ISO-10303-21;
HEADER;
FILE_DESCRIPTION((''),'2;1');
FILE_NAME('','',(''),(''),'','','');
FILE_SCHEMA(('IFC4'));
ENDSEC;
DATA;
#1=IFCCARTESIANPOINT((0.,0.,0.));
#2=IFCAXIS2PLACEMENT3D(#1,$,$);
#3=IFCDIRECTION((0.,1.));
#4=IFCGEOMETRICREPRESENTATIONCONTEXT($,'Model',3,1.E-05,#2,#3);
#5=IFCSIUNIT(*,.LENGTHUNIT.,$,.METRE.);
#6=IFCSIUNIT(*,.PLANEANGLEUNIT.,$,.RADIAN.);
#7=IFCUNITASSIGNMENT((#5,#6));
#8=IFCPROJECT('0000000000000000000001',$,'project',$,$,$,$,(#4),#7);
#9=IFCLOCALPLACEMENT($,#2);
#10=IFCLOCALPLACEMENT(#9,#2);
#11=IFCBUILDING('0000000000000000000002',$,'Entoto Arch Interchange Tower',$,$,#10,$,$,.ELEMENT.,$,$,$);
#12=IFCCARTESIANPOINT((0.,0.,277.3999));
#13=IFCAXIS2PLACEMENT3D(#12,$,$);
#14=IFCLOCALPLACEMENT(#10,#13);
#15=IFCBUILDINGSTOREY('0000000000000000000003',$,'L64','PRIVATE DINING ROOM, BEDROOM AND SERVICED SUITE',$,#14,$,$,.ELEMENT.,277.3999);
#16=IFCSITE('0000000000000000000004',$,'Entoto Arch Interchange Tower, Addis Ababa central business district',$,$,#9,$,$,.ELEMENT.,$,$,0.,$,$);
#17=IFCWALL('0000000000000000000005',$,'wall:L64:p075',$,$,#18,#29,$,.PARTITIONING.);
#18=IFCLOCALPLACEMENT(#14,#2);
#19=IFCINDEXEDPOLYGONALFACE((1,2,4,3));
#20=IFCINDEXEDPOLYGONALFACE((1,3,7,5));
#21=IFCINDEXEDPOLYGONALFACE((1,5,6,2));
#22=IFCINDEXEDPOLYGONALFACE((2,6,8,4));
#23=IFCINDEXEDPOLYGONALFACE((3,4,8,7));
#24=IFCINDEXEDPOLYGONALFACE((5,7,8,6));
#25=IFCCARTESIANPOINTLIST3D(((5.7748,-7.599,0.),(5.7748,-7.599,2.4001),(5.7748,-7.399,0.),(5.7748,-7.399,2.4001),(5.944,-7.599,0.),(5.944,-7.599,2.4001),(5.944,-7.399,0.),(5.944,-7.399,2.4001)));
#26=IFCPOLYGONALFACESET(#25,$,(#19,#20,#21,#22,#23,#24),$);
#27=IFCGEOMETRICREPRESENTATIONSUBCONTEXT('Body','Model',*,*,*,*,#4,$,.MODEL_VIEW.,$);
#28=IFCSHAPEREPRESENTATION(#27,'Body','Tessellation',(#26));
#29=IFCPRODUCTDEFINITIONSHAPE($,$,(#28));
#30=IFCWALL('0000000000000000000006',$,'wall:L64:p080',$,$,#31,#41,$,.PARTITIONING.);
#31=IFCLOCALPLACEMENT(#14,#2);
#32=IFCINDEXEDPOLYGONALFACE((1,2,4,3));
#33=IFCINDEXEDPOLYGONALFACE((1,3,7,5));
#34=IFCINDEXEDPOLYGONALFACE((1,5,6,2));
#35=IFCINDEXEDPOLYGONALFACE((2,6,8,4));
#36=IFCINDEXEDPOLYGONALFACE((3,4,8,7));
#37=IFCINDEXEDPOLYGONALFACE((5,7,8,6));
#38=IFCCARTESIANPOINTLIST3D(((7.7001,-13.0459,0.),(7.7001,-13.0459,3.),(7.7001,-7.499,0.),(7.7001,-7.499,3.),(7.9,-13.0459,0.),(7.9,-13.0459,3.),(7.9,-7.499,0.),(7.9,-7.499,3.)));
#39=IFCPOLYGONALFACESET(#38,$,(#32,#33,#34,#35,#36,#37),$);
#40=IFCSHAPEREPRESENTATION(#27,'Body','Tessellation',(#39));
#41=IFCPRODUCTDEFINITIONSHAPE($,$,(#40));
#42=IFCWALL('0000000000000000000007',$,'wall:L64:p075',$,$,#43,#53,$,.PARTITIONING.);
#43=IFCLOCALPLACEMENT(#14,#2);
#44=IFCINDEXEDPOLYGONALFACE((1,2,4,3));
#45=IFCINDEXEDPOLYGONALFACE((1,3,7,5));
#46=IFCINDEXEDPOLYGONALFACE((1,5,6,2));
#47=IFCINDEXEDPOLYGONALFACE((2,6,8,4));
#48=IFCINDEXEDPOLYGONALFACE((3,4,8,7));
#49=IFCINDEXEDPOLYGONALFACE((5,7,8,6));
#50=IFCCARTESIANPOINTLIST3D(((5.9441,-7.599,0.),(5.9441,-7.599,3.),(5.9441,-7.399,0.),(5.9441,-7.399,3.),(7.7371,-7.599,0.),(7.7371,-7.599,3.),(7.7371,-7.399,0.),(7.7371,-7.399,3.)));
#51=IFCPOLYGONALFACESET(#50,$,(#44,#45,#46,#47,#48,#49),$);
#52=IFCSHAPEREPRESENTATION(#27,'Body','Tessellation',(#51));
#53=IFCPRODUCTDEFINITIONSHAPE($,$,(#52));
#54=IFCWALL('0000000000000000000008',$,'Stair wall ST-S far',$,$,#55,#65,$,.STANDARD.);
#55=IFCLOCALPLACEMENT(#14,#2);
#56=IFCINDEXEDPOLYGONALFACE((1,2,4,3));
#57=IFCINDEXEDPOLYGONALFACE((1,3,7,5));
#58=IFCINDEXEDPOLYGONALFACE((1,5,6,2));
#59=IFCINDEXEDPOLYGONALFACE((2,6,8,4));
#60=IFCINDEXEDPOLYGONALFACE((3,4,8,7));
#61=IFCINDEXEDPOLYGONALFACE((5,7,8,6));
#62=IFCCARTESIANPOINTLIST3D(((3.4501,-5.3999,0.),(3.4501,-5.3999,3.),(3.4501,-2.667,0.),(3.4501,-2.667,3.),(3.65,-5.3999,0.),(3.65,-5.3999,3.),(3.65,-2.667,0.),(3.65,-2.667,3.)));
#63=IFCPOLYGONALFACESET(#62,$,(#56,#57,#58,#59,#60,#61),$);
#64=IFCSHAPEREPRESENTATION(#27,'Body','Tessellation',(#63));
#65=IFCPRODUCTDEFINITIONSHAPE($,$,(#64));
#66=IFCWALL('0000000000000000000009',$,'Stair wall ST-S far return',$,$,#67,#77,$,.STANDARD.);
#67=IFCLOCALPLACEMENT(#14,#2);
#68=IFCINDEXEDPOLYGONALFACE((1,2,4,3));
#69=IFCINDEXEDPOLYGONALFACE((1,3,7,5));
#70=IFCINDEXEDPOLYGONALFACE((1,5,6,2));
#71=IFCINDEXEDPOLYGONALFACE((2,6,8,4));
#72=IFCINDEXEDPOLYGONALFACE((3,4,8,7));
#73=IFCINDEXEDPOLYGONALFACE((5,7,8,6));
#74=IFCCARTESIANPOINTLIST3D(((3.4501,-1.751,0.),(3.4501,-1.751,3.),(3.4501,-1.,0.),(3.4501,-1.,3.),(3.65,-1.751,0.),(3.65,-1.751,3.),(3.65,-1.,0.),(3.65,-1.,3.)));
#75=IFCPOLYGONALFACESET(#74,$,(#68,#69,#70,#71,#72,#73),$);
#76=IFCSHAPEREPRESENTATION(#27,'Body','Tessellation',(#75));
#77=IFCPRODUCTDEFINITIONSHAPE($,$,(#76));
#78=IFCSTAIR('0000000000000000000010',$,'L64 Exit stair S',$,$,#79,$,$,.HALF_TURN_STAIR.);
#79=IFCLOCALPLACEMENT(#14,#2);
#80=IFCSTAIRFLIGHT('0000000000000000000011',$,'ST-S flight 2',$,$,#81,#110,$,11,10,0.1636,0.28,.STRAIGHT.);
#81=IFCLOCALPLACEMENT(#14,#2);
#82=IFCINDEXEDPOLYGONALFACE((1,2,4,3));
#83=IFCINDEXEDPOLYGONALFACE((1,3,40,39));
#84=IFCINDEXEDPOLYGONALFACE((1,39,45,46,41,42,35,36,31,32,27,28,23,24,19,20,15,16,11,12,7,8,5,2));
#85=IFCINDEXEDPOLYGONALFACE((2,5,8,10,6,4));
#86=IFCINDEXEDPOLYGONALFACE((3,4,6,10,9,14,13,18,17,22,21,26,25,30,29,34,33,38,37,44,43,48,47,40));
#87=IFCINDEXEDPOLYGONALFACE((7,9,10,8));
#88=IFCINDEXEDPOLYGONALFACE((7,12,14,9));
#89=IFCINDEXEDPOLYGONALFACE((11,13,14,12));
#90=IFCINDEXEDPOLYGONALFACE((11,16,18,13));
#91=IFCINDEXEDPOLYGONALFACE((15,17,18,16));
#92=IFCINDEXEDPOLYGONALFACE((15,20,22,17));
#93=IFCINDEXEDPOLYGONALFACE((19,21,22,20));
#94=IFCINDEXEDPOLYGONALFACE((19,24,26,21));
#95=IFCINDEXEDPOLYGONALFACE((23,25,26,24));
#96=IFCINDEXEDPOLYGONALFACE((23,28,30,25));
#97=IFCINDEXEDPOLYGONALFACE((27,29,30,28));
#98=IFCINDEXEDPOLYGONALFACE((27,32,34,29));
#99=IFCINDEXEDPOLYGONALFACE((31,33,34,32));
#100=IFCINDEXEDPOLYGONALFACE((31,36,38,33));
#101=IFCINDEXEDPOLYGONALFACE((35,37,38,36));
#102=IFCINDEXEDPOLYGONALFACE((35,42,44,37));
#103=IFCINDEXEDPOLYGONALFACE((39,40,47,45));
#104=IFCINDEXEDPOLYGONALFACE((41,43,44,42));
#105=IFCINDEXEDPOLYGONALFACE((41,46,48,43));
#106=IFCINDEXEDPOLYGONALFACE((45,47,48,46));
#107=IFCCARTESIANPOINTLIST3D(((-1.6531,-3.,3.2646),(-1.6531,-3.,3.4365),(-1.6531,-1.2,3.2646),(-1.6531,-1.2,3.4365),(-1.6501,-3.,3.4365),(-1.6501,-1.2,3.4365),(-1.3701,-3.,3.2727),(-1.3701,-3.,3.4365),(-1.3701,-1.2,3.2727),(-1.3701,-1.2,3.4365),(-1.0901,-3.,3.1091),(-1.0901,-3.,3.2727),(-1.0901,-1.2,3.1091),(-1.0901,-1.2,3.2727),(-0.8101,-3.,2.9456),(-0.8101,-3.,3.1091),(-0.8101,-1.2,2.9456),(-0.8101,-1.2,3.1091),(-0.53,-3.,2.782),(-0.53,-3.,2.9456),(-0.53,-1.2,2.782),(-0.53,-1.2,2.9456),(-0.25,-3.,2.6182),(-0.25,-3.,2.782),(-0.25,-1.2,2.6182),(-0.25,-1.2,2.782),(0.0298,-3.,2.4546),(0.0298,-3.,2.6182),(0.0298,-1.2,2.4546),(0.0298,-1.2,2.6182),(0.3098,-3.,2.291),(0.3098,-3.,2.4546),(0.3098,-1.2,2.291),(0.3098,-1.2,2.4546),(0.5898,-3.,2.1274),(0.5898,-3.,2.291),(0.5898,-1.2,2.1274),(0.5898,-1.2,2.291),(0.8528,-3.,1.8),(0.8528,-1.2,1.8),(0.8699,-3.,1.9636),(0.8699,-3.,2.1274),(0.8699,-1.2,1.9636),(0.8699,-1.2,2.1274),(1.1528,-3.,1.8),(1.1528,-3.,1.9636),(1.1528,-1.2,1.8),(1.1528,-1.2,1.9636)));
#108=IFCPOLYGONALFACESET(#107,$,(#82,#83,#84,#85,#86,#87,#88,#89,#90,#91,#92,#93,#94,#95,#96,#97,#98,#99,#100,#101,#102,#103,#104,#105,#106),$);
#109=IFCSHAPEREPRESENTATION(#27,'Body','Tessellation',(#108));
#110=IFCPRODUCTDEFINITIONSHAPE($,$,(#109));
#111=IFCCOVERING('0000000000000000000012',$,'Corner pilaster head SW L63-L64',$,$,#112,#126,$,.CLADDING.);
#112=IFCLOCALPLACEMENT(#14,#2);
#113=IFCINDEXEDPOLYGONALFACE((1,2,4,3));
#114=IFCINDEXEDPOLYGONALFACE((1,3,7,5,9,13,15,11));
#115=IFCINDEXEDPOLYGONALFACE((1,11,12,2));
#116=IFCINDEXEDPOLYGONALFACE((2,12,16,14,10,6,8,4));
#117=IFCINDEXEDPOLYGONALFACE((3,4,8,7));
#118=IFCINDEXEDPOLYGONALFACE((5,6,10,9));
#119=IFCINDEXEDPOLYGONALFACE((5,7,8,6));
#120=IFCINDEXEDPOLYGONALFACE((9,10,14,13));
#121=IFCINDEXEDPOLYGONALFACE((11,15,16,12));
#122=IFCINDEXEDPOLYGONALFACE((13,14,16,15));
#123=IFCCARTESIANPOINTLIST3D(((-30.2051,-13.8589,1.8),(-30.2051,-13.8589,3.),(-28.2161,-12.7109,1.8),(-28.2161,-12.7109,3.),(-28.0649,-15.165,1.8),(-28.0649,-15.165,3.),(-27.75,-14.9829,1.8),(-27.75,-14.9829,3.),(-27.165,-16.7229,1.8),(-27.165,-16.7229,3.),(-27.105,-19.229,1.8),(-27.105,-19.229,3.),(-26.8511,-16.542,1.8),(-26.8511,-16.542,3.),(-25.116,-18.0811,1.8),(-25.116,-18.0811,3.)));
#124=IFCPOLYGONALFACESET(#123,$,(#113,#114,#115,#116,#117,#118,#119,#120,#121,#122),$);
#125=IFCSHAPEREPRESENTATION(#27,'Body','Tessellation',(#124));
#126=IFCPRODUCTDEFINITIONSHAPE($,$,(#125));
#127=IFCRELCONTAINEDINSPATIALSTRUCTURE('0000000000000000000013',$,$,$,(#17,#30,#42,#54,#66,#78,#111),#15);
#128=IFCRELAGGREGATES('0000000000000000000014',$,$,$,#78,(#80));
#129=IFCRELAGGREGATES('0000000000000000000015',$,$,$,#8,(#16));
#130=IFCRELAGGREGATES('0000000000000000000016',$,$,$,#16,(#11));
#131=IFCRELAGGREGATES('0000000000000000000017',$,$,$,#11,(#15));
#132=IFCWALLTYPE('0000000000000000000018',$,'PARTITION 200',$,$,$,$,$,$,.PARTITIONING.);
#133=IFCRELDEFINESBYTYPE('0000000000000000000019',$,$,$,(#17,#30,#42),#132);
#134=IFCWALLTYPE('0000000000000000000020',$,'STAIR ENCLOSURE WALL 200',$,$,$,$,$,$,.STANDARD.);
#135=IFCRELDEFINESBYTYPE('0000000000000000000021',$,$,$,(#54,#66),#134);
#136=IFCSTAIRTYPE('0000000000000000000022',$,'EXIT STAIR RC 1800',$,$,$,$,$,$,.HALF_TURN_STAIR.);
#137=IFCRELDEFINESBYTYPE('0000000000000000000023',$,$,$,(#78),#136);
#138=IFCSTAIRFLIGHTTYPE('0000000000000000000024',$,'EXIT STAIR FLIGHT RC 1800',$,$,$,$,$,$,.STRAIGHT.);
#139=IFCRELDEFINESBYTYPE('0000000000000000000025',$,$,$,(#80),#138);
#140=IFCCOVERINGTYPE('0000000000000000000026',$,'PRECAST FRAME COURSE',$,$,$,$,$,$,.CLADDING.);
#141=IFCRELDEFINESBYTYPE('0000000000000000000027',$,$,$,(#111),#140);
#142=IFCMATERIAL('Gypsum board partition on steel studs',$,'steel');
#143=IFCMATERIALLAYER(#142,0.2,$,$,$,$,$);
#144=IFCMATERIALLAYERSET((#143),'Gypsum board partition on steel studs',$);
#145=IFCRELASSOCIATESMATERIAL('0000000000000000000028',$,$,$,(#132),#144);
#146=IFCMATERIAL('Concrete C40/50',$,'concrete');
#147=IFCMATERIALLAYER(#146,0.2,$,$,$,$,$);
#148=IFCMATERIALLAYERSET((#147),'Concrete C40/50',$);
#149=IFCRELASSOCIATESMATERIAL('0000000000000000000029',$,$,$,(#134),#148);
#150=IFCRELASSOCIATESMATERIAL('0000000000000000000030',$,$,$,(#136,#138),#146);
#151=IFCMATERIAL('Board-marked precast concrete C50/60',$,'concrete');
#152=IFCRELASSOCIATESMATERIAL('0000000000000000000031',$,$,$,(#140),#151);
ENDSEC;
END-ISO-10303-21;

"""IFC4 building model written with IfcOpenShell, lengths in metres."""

from ifc_helpers import new_model, si_unit, direction, frame, frame_2d, origin, place, context, subcontext, project, spatial, polyline, rectangle, outline, extrude, material, layer, layer_set, type_object, element, aggregate, save


model = new_model("IFC4")

# Units and contexts
model_context = context("Model", 3, precision=1e-05, world=origin(), true_north=direction((0.0, 1.0)))
body_context = subcontext(model_context, "Body", "Model", "MODEL_VIEW")
ifc_project = project(units=[si_unit("LENGTHUNIT", "METRE"), si_unit("PLANEANGLEUNIT", "RADIAN")], contexts=[model_context])

# Site, building, storey
site_placement = place(None, origin())
site = spatial("IfcSite", under=ifc_project, at=site_placement, Name="Entoto Arch Interchange Tower, Addis Ababa central business district", CompositionType="ELEMENT", RefElevation=0.0)
building_placement = place(site_placement, origin())
building = spatial("IfcBuilding", under=site, at=building_placement, Name="Entoto Arch Interchange Tower", CompositionType="ELEMENT")
storey_placement = place(building_placement, frame((0.0, 0.0, 277.3999)))
storey = spatial("IfcBuildingStorey", under=building, at=storey_placement, Name="L64", Description="PRIVATE DINING ROOM, BEDROOM AND SERVICED SUITE", CompositionType="ELEMENT", Elevation=277.3999)

# Shared definitions
ifc_material_1 = material(Name="Concrete C40/50", Category="concrete")

# Walls
ifc_material_2 = material(Name="Gypsum board partition on steel studs", Category="steel")
ifc_layer_1 = layer(ifc_material_2, 0.2)
ifc_layer_set_1 = layer_set([ifc_layer_1], Name="Gypsum board partition on steel studs")
wall_type_1 = type_object("IfcWallType", Name="PARTITION 200", PredefinedType="PARTITIONING", material=ifc_layer_set_1)
wall_1_placement = place(storey_placement, frame((5.7749, -7.499, 0.0), z_axis=(0.0, 0.0, 1.0), x_axis=(1.0, 0.0, 0.0)))
element("IfcWall", 1, at=wall_1_placement, inside=storey, type_object=wall_type_1, Name="wall:L64:p075", PredefinedType="PARTITIONING", context=body_context, shape_type="SweptSolid", body=[
    extrude(rectangle(XDim=0.1692, YDim=0.2, at=frame_2d((0.0845, 0.0))), origin(), (0.0, 0.0, 1.0), 2.4001),
])
wall_2_placement = place(storey_placement, frame((7.8, -7.499, 0.0), z_axis=(0.0, 0.0, 1.0), x_axis=(0.0, -1.0, 0.0)))
element("IfcWall", 2, at=wall_2_placement, inside=storey, type_object=wall_type_1, Name="wall:L64:p080", PredefinedType="PARTITIONING", context=body_context, shape_type="SweptSolid", body=[
    extrude(rectangle(XDim=5.5469, YDim=0.2, at=frame_2d((2.7734, 0.0))), origin(), (0.0, 0.0, 1.0), 3.0),
])
wall_3_placement = place(storey_placement, frame((5.9441, -7.499, 0.0), z_axis=(0.0, 0.0, 1.0), x_axis=(1.0, 0.0, 0.0)))
element("IfcWall", 3, at=wall_3_placement, inside=storey, type_object=wall_type_1, Name="wall:L64:p075", PredefinedType="PARTITIONING", context=body_context, shape_type="SweptSolid", body=[
    extrude(rectangle(XDim=1.793, YDim=0.2, at=frame_2d((0.8965, 0.0))), origin(), (0.0, 0.0, 1.0), 3.0),
])
ifc_layer_2 = layer(ifc_material_1, 0.2)
ifc_layer_set_2 = layer_set([ifc_layer_2], Name="Concrete C40/50")
wall_type_2 = type_object("IfcWallType", Name="STAIR ENCLOSURE WALL 200", PredefinedType="STANDARD", material=ifc_layer_set_2)
wall_4_placement = place(storey_placement, frame((3.55, -2.667, 0.0), z_axis=(0.0, 0.0, 1.0), x_axis=(0.0, -1.0, 0.0)))
element("IfcWall", 4, at=wall_4_placement, inside=storey, type_object=wall_type_2, Name="Stair wall ST-S far", PredefinedType="STANDARD", context=body_context, shape_type="SweptSolid", body=[
    extrude(rectangle(XDim=2.7329, YDim=0.2, at=frame_2d((1.3665, 0.0))), origin(), (0.0, 0.0, 1.0), 3.0),
])
wall_5_placement = place(storey_placement, frame((3.55, -1.0, 0.0), z_axis=(0.0, 0.0, 1.0), x_axis=(0.0, -1.0, 0.0)))
element("IfcWall", 5, at=wall_5_placement, inside=storey, type_object=wall_type_2, Name="Stair wall ST-S far return", PredefinedType="STANDARD", context=body_context, shape_type="SweptSolid", body=[
    extrude(rectangle(XDim=0.751, YDim=0.2, at=frame_2d((0.3755, 0.0))), origin(), (0.0, 0.0, 1.0), 3.0),
])

# Stair, stair flight
stair_type = type_object("IfcStairType", Name="EXIT STAIR RC 1800", PredefinedType="HALF_TURN_STAIR", material=ifc_material_1)
stair_placement = place(storey_placement, origin())
stair = element("IfcStair", 6, at=stair_placement, inside=storey, type_object=stair_type, Name="L64 Exit stair S", PredefinedType="HALF_TURN_STAIR")
stair_flight_type = type_object("IfcStairFlightType", Name="EXIT STAIR FLIGHT RC 1800", PredefinedType="STRAIGHT", material=ifc_material_1)
stair_flight_placement = place(storey_placement, frame((1.1499, -2.1001, 1.8), z_axis=(0.0, 0.0, 1.0), x_axis=(-1.0, 0.0, 0.0)))
stair_flight = element("IfcStairFlight", 7, at=stair_flight_placement, type_object=stair_flight_type, Name="ST-S flight 2", NumberOfRisers=11, NumberOfTreads=10, PredefinedType="STRAIGHT", RiserHeight=0.1636, TreadLength=0.28, context=body_context, shape_type="SweptSolid", body=[
    extrude(outline(polyline([(-0.0029, 0.0), (-0.0029, 0.1636), (0.28, 0.1636), (0.28, 0.3274), (0.5601, 0.3274), (0.5601, 0.491), (0.8401, 0.491), (0.8401, 0.6545), (1.1201, 0.6545), (1.1201, 0.8181), (1.3999, 0.8181), (1.3999, 0.9819), (1.6799, 0.9819), (1.6799, 1.1455), (1.96, 1.1455), (1.96, 1.3091), (2.24, 1.3091), (2.24, 1.4727), (2.52, 1.4727), (2.52, 1.6365), (2.8, 1.6365), (2.803, 1.6365), (2.803, 1.4646), (0.2971, 0.0), (-0.0029, 0.0)])), frame((0.0, 0.8999, 0.0), z_axis=(0.0, -1.0, 0.0), x_axis=(1.0, 0.0, 0.0)), (0.0, 0.0, 1.0), 1.8),
])
aggregate(stair, [stair_flight])

# Covering
ifc_material_3 = material(Name="Board-marked precast concrete C50/60", Category="concrete")
covering_type = type_object("IfcCoveringType", Name="PRECAST FRAME COURSE", PredefinedType="CLADDING", material=ifc_material_3)
covering_placement = place(storey_placement, frame((0.0, 0.0, 1.8)))
element("IfcCovering", 8, at=covering_placement, inside=storey, type_object=covering_type, Name="Corner pilaster head SW L63-L64", PredefinedType="CLADDING", context=body_context, shape_type="SweptSolid", body=[
    extrude(outline(polyline([(-27.105, -19.229), (-30.2051, -13.8589), (-28.2161, -12.7109), (-27.75, -14.9829), (-28.0649, -15.165), (-27.165, -16.7229), (-26.8511, -16.542), (-25.116, -18.0811), (-27.105, -19.229)])), origin(), (0.0, 0.0, 1.0), 1.2),
])

save(model, "model.ifc")
